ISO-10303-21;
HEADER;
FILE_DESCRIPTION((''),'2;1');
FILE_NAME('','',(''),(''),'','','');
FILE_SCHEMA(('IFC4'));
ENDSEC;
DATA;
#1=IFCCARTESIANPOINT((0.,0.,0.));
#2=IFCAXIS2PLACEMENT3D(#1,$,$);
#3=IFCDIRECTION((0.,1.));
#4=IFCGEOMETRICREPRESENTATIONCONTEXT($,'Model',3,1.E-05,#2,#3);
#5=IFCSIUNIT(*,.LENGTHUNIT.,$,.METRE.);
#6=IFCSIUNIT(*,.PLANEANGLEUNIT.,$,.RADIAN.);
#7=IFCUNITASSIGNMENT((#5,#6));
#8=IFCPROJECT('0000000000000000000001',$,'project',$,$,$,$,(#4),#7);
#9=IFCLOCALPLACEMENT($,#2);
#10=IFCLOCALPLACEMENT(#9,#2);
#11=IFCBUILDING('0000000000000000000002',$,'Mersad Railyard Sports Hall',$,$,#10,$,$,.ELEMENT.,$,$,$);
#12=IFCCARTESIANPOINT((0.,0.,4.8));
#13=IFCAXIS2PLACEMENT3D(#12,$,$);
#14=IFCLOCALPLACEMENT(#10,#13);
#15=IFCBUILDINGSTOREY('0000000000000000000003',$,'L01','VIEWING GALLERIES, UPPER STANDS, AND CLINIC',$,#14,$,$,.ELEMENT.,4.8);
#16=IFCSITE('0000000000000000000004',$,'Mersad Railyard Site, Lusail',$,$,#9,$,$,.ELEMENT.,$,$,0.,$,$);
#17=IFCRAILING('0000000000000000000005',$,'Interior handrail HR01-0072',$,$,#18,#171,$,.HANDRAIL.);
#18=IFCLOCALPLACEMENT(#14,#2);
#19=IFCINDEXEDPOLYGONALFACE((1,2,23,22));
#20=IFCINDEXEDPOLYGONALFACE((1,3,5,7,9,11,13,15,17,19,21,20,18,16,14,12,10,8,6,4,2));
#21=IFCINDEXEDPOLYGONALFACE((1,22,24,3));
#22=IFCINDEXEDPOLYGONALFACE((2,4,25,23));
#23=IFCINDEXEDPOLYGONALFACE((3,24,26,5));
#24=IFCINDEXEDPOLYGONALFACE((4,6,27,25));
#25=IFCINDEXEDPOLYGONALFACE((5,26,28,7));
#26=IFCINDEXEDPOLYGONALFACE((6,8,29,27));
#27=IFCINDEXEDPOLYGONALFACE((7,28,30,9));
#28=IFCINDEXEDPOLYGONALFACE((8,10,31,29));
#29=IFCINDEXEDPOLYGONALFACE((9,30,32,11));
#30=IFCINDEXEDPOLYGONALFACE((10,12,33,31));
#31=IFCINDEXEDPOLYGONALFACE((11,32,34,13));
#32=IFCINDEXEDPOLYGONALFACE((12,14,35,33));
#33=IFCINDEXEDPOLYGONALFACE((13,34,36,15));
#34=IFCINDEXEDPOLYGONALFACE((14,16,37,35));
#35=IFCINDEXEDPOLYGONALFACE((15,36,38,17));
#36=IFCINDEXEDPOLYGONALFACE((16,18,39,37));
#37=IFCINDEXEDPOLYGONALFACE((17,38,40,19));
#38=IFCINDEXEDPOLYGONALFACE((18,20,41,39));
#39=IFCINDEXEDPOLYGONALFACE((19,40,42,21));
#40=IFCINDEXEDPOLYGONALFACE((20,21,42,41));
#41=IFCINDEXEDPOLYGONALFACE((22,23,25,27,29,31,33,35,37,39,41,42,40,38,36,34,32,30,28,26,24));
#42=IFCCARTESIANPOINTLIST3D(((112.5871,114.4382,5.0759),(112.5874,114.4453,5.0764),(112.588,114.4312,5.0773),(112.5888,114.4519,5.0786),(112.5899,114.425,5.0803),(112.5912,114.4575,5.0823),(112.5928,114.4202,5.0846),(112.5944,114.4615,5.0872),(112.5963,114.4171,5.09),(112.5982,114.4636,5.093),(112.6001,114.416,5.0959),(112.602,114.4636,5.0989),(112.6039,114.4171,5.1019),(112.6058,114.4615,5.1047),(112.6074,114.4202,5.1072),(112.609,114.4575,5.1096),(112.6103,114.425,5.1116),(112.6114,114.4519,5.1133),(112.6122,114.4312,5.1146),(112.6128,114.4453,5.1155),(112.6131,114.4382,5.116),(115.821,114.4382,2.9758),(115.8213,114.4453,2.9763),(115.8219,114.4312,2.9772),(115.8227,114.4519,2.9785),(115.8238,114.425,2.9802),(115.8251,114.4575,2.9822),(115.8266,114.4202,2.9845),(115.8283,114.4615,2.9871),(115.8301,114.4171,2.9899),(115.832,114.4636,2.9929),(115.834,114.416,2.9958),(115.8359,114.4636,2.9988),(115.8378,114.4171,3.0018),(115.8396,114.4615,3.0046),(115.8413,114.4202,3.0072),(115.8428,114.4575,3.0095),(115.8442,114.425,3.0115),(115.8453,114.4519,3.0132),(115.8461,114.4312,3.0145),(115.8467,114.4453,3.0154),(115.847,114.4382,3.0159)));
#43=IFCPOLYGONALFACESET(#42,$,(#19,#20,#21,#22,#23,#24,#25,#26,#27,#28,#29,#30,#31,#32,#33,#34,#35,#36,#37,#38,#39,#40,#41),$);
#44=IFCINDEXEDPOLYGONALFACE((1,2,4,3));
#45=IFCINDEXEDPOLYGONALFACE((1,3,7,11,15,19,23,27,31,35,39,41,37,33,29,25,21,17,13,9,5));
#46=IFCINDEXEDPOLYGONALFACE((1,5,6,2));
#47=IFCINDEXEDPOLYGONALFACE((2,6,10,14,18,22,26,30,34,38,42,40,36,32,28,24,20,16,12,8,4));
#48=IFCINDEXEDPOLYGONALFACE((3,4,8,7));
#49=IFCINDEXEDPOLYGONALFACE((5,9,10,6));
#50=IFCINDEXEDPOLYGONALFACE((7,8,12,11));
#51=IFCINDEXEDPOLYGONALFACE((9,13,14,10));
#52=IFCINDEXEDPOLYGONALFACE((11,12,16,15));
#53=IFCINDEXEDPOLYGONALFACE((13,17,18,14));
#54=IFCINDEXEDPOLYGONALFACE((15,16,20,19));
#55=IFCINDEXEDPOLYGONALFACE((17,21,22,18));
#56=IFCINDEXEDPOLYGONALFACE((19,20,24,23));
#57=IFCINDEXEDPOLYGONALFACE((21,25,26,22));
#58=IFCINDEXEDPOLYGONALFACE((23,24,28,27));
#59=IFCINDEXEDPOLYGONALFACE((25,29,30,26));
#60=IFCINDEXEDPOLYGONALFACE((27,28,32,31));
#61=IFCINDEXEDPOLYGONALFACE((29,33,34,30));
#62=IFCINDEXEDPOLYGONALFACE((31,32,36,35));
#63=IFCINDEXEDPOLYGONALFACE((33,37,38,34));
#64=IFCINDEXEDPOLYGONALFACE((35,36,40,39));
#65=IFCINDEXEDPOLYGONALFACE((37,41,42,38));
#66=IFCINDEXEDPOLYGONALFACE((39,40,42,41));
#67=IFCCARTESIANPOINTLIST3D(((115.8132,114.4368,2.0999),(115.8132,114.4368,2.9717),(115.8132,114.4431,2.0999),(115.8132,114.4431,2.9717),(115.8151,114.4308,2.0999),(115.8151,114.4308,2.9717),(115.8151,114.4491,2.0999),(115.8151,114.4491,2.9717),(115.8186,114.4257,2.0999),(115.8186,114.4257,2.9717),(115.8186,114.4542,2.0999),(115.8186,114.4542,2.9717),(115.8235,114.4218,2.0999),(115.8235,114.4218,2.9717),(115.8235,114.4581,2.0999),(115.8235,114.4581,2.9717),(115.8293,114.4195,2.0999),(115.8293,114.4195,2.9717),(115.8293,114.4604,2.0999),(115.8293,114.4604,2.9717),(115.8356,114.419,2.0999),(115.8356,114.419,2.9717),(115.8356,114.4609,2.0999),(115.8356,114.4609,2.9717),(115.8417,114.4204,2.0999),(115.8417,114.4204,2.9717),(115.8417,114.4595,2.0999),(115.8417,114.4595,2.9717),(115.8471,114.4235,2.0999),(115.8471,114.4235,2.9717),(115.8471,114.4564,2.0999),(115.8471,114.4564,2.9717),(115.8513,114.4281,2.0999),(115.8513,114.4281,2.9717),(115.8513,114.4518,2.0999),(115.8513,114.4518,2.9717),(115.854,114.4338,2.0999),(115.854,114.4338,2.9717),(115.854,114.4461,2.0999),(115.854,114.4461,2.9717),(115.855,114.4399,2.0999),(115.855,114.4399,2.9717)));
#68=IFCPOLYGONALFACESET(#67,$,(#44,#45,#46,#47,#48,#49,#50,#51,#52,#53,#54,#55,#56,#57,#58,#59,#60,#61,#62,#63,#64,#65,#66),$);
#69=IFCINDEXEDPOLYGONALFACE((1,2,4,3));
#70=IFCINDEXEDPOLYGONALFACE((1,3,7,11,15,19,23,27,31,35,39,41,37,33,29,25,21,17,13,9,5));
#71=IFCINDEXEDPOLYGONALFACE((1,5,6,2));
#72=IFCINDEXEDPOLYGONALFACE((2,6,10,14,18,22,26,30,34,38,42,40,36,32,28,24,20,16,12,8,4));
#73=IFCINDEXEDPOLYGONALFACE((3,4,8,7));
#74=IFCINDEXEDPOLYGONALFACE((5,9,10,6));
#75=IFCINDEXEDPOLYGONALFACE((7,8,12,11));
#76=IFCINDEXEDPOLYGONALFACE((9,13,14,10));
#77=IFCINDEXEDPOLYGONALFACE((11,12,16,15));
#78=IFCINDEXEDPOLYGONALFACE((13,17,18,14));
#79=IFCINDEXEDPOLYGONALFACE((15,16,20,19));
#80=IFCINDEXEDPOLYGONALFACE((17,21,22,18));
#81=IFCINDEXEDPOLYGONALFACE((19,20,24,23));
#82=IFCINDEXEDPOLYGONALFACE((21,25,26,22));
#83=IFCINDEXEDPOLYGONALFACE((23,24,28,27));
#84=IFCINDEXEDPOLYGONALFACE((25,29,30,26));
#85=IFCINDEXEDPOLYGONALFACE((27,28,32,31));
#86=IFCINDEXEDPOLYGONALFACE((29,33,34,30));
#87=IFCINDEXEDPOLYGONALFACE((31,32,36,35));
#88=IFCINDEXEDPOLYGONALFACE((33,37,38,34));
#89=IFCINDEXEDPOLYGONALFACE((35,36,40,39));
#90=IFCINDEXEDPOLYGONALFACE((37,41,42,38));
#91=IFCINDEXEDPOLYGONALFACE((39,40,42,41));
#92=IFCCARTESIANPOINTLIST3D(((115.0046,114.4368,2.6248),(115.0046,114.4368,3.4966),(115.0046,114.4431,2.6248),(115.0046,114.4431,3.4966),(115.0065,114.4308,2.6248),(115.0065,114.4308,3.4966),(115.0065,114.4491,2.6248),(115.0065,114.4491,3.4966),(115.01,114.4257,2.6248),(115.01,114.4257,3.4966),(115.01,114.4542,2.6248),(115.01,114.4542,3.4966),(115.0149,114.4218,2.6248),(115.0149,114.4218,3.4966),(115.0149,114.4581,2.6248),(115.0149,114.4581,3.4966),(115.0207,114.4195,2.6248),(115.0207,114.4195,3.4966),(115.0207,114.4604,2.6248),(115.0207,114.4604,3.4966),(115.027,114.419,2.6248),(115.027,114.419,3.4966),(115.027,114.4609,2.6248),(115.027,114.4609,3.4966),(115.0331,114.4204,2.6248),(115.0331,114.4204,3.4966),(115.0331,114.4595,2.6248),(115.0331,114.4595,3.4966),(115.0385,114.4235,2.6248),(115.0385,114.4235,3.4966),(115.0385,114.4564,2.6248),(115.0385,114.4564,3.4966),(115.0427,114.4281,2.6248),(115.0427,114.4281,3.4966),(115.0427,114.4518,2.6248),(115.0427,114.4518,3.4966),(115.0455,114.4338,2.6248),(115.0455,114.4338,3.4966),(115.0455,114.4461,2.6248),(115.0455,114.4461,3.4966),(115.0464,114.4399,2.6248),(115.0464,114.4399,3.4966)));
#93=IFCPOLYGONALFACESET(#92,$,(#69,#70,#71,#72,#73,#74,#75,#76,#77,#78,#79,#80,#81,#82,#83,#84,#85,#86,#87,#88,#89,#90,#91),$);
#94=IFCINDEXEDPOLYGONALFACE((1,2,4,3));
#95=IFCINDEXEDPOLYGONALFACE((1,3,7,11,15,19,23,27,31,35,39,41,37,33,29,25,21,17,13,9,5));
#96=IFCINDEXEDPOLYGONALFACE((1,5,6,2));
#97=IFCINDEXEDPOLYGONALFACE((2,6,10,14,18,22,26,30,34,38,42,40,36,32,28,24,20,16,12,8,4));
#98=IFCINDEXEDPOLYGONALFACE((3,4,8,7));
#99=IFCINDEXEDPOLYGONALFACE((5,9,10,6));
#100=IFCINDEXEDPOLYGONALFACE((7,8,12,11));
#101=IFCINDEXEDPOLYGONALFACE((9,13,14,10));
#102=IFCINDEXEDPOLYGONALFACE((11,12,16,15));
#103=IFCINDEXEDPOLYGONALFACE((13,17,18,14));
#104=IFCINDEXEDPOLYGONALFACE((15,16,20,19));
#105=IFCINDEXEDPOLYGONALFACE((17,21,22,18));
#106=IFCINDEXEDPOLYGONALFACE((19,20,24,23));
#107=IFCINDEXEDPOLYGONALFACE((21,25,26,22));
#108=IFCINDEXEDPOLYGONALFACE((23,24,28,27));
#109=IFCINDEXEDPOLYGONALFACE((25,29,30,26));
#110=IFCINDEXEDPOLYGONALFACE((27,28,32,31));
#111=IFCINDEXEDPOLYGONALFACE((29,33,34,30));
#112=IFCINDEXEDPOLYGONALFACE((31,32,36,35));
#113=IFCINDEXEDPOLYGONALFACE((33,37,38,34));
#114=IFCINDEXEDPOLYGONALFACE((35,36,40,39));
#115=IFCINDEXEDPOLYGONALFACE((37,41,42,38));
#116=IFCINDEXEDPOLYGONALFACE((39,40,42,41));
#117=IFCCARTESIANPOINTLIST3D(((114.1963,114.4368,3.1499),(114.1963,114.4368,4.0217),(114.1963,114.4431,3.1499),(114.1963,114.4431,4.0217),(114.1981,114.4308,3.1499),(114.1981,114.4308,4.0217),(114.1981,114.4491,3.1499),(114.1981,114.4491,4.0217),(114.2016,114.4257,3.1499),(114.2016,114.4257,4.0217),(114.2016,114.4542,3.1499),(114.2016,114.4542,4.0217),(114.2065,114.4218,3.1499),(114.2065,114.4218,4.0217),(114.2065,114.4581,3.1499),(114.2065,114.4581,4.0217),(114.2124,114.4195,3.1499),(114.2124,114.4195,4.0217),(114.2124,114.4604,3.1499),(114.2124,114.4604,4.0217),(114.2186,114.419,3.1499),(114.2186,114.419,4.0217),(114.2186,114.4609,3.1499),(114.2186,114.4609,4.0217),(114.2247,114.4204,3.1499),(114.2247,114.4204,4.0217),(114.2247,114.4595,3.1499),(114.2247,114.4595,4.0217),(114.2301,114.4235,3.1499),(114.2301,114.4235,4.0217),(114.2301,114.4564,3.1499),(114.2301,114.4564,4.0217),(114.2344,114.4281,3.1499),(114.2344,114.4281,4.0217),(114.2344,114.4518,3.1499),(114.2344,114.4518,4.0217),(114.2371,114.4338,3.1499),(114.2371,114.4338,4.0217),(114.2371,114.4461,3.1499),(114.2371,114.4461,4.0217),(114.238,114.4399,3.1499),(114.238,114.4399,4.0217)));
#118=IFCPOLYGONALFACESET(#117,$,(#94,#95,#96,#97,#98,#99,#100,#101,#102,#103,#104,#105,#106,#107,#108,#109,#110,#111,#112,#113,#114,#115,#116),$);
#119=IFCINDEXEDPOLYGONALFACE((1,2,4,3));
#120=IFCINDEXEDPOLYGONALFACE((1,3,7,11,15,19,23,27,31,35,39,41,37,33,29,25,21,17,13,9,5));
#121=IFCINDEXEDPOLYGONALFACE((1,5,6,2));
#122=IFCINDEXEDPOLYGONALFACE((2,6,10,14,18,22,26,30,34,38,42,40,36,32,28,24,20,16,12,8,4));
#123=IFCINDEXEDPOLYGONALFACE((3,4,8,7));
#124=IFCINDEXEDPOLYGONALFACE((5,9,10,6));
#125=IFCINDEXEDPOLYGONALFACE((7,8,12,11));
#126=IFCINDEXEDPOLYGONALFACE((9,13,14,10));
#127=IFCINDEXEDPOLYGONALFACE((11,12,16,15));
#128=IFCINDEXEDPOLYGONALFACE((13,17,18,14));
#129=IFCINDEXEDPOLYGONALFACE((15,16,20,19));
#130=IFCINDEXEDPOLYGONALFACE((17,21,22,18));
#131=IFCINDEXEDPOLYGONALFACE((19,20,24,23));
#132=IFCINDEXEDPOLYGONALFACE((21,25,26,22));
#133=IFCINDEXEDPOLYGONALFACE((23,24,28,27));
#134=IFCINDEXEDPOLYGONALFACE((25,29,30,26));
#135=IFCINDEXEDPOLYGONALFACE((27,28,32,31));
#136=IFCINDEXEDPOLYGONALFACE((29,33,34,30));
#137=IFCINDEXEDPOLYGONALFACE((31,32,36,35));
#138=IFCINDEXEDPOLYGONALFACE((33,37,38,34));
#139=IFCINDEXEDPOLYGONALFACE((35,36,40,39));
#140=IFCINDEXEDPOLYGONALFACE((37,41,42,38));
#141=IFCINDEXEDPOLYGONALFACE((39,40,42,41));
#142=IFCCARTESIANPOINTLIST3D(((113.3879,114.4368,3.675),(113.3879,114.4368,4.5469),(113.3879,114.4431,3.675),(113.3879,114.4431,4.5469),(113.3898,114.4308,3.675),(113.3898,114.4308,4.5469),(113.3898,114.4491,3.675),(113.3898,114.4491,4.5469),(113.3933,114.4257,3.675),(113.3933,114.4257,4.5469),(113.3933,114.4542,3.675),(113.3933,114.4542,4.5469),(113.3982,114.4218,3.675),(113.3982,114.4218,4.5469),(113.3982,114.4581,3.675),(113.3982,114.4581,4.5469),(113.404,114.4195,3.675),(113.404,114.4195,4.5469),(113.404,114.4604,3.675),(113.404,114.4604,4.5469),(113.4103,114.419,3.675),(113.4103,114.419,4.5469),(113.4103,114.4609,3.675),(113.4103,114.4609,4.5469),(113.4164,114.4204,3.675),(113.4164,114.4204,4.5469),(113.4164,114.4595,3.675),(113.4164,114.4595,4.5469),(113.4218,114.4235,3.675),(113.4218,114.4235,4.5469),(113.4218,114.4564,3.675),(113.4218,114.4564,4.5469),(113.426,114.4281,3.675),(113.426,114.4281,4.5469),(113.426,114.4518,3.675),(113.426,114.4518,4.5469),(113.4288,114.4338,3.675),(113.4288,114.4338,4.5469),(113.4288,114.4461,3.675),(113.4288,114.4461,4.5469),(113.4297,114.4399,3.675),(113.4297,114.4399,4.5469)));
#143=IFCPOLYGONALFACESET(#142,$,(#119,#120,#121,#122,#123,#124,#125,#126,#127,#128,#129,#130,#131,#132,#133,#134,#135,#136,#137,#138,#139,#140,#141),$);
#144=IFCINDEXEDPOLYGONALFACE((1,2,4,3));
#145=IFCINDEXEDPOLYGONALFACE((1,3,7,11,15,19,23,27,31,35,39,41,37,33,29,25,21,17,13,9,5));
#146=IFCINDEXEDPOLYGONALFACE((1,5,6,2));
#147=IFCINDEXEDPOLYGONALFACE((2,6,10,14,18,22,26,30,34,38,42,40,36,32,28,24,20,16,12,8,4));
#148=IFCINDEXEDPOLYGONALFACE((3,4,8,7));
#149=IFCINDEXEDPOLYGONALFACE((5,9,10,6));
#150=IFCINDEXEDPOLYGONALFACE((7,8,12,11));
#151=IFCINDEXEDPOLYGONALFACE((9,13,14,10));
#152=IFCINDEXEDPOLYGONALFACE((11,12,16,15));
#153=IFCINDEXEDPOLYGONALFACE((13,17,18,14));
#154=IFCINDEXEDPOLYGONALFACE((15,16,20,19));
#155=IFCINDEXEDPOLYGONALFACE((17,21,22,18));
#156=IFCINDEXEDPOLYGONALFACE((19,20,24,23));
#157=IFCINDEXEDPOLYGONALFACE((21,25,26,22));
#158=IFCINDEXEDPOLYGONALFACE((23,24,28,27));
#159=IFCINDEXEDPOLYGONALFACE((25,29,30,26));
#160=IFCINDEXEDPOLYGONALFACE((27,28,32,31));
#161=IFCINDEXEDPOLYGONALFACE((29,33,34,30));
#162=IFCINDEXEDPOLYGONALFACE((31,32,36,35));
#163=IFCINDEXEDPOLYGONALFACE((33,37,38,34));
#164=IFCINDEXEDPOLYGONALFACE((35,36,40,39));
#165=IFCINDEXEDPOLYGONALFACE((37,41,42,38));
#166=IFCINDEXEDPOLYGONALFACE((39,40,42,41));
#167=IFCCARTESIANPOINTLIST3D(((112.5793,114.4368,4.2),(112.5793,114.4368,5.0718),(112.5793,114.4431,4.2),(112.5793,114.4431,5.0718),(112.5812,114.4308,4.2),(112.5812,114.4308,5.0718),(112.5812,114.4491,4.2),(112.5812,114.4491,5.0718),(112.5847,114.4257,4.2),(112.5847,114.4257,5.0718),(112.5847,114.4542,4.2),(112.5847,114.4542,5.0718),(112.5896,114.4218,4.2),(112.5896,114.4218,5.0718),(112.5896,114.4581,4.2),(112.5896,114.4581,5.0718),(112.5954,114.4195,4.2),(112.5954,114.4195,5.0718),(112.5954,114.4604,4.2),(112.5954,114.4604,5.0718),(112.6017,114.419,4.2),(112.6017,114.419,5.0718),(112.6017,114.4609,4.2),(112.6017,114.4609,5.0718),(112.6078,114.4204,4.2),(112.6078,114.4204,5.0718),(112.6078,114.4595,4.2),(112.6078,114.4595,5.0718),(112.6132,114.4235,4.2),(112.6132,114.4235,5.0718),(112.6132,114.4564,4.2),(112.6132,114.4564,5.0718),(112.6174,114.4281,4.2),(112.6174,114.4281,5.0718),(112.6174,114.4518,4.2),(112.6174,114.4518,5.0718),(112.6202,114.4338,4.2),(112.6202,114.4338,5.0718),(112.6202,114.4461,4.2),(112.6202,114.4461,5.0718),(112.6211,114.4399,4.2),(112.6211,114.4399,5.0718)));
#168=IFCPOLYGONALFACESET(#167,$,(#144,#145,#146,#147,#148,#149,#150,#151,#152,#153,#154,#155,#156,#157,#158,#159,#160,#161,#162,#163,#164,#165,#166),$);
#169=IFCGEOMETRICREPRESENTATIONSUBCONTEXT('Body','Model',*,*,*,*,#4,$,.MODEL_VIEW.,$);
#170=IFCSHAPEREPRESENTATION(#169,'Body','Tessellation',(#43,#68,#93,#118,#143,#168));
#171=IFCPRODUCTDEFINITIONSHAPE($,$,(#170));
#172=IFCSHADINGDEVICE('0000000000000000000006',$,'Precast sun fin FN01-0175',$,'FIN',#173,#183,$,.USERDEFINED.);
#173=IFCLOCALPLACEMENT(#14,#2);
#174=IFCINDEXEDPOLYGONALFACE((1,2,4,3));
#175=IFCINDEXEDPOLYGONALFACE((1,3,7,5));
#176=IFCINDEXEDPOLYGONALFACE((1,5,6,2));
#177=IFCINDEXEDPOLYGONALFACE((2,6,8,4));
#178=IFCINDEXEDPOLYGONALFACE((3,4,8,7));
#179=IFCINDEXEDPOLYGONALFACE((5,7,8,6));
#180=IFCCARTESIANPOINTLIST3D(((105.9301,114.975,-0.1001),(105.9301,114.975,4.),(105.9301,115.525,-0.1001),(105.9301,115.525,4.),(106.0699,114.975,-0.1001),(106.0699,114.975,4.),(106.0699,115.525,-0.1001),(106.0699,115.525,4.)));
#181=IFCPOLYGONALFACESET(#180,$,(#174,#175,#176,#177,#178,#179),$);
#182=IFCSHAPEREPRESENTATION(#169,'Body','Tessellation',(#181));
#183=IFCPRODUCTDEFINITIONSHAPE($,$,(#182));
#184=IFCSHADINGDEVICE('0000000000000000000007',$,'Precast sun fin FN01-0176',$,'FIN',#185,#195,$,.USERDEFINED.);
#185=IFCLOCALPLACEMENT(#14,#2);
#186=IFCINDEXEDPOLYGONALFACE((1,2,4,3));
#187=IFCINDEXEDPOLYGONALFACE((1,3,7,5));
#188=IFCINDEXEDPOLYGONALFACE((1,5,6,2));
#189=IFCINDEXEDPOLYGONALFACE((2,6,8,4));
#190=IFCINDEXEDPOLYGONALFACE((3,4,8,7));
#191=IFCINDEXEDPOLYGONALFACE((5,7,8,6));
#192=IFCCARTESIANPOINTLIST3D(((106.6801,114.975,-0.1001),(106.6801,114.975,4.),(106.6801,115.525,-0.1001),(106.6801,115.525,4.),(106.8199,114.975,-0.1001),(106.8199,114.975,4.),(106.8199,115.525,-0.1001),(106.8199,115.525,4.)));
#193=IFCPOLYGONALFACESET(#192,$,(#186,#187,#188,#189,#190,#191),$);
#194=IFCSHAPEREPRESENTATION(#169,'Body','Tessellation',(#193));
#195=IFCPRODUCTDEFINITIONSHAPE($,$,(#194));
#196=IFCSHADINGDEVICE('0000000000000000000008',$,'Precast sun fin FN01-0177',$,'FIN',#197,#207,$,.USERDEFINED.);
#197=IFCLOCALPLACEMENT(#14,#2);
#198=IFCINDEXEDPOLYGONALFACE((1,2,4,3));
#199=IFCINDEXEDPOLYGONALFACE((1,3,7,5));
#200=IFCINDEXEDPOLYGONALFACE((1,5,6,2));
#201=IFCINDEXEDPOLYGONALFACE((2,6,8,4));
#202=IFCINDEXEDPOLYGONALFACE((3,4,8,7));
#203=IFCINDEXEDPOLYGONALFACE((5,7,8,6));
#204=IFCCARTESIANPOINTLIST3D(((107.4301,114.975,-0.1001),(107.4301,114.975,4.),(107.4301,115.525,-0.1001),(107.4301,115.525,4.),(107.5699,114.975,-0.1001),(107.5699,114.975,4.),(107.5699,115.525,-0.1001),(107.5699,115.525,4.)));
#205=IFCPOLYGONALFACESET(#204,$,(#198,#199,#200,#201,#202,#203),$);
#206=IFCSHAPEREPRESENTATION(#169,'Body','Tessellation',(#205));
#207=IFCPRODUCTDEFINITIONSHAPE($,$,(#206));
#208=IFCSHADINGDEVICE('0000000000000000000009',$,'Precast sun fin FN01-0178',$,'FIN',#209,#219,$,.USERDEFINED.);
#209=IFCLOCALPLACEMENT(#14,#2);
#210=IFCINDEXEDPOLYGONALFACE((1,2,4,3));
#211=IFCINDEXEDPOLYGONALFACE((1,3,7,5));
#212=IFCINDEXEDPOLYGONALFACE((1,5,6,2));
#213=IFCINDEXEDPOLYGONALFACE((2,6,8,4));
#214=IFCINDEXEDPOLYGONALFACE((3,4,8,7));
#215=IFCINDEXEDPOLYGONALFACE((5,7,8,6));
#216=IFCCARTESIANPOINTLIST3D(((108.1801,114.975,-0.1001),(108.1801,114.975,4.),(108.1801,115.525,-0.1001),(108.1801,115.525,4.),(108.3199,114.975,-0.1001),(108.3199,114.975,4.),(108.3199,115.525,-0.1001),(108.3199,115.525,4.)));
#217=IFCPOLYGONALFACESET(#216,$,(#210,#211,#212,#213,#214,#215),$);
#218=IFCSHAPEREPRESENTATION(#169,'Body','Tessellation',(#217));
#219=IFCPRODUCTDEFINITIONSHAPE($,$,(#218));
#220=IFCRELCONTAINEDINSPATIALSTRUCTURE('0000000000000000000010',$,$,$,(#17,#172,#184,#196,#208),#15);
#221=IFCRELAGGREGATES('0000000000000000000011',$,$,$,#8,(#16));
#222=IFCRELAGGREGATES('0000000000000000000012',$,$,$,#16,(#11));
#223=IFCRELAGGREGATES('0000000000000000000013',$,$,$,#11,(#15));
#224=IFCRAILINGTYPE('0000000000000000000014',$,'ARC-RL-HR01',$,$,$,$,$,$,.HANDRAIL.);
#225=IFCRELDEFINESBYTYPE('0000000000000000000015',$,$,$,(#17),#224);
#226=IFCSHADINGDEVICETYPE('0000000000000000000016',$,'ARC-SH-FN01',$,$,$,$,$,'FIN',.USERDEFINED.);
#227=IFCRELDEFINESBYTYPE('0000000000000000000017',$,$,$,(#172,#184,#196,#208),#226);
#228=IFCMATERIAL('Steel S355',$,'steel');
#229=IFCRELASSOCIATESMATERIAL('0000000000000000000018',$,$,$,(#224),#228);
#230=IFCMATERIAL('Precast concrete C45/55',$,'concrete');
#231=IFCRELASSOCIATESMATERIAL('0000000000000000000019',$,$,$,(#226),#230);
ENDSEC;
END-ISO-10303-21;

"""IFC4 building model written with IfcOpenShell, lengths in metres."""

from ifc_helpers import new_model, si_unit, direction, frame, origin, origin_2d, place, context, subcontext, project, spatial, rectangle, circle, extrude, material, type_object, element, save


model = new_model("IFC4")

# Units and contexts
model_context = context("Model", 3, precision=1e-05, world=origin(), true_north=direction((0.0, 1.0)))
body_context = subcontext(model_context, "Body", "Model", "MODEL_VIEW")
ifc_project = project(units=[si_unit("LENGTHUNIT", "METRE"), si_unit("PLANEANGLEUNIT", "RADIAN")], contexts=[model_context])

# Site, building, storey
site_placement = place(None, origin())
site = spatial("IfcSite", under=ifc_project, at=site_placement, Name="Mersad Railyard Site, Lusail", CompositionType="ELEMENT", RefElevation=0.0)
building_placement = place(site_placement, origin())
building = spatial("IfcBuilding", under=site, at=building_placement, Name="Mersad Railyard Sports Hall", CompositionType="ELEMENT")
storey_placement = place(building_placement, frame((0.0, 0.0, 4.8)))
storey = spatial("IfcBuildingStorey", under=building, at=storey_placement, Name="L01", Description="VIEWING GALLERIES, UPPER STANDS, AND CLINIC", CompositionType="ELEMENT", Elevation=4.8)

# Railing
ifc_material_1 = material(Name="Steel S355", Category="steel")
railing_type = type_object("IfcRailingType", Name="ARC-RL-HR01", PredefinedType="HANDRAIL", material=ifc_material_1)
railing_placement = place(storey_placement, frame((115.834, 114.4399, 2.0999)))
element("IfcRailing", 1, at=railing_placement, inside=storey, type_object=railing_type, Name="Interior handrail HR01-0072", PredefinedType="HANDRAIL", context=body_context, shape_type="SweptSolid", body=[
    extrude(circle(Radius=0.0239, at=origin_2d()), frame((0.0, 0.0, 0.896), z_axis=(-0.838672, 0.0, 0.544637), x_axis=(0.0, -1.0, 0.0)), (0.0, 0.0, 1.0), 3.856),
    extrude(circle(Radius=0.021, at=origin_2d()), origin(), (0.0, 0.0, 1.0), 0.8718),
    extrude(circle(Radius=0.021, at=origin_2d()), frame((-0.8086, 0.0, 0.5249)), (0.0, 0.0, 1.0), 0.8718),
    extrude(circle(Radius=0.021, at=origin_2d()), frame((-1.6169, 0.0, 1.05)), (0.0, 0.0, 1.0), 0.8718),
    extrude(circle(Radius=0.021, at=origin_2d()), frame((-2.4253, 0.0, 1.5752)), (0.0, 0.0, 1.0), 0.8718),
    extrude(circle(Radius=0.021, at=origin_2d()), frame((-3.2339, 0.0, 2.1001)), (0.0, 0.0, 1.0), 0.8718),
])

# Shading devices
ifc_material_2 = material(Name="Precast concrete C45/55", Category="concrete")
shading_device_type = type_object("IfcShadingDeviceType", Name="ARC-SH-FN01", ElementType="FIN", PredefinedType="USERDEFINED", material=ifc_material_2)
for number, where, z_axis, x_axis, name in (
    (2, (106.0, 115.25, -0.1001), (0.0, 0.0, 1.0), (1.0, 0.0, 0.0), "Precast sun fin FN01-0175"),
    (3, (106.75, 115.25, -0.1001), (0.0, 0.0, 1.0), (1.0, 0.0, 0.0), "Precast sun fin FN01-0176"),
    (4, (107.5, 115.25, -0.1001), (0.0, 0.0, 1.0), (1.0, 0.0, 0.0), "Precast sun fin FN01-0177"),
    (5, (108.25, 115.25, -0.1001), (0.0, 0.0, 1.0), (1.0, 0.0, 0.0), "Precast sun fin FN01-0178"),
):
    element("IfcShadingDevice", number, at=place(storey_placement, frame(where, z_axis=z_axis, x_axis=x_axis)), inside=storey, type_object=shading_device_type, Name=name, ObjectType="FIN", PredefinedType="USERDEFINED", context=body_context, shape_type="SweptSolid", body=[
        extrude(rectangle(XDim=0.1399, YDim=0.55, at=origin_2d()), origin(), (0.0, 0.0, 1.0), 4.1001),
    ])

save(model, "model.ifc")
